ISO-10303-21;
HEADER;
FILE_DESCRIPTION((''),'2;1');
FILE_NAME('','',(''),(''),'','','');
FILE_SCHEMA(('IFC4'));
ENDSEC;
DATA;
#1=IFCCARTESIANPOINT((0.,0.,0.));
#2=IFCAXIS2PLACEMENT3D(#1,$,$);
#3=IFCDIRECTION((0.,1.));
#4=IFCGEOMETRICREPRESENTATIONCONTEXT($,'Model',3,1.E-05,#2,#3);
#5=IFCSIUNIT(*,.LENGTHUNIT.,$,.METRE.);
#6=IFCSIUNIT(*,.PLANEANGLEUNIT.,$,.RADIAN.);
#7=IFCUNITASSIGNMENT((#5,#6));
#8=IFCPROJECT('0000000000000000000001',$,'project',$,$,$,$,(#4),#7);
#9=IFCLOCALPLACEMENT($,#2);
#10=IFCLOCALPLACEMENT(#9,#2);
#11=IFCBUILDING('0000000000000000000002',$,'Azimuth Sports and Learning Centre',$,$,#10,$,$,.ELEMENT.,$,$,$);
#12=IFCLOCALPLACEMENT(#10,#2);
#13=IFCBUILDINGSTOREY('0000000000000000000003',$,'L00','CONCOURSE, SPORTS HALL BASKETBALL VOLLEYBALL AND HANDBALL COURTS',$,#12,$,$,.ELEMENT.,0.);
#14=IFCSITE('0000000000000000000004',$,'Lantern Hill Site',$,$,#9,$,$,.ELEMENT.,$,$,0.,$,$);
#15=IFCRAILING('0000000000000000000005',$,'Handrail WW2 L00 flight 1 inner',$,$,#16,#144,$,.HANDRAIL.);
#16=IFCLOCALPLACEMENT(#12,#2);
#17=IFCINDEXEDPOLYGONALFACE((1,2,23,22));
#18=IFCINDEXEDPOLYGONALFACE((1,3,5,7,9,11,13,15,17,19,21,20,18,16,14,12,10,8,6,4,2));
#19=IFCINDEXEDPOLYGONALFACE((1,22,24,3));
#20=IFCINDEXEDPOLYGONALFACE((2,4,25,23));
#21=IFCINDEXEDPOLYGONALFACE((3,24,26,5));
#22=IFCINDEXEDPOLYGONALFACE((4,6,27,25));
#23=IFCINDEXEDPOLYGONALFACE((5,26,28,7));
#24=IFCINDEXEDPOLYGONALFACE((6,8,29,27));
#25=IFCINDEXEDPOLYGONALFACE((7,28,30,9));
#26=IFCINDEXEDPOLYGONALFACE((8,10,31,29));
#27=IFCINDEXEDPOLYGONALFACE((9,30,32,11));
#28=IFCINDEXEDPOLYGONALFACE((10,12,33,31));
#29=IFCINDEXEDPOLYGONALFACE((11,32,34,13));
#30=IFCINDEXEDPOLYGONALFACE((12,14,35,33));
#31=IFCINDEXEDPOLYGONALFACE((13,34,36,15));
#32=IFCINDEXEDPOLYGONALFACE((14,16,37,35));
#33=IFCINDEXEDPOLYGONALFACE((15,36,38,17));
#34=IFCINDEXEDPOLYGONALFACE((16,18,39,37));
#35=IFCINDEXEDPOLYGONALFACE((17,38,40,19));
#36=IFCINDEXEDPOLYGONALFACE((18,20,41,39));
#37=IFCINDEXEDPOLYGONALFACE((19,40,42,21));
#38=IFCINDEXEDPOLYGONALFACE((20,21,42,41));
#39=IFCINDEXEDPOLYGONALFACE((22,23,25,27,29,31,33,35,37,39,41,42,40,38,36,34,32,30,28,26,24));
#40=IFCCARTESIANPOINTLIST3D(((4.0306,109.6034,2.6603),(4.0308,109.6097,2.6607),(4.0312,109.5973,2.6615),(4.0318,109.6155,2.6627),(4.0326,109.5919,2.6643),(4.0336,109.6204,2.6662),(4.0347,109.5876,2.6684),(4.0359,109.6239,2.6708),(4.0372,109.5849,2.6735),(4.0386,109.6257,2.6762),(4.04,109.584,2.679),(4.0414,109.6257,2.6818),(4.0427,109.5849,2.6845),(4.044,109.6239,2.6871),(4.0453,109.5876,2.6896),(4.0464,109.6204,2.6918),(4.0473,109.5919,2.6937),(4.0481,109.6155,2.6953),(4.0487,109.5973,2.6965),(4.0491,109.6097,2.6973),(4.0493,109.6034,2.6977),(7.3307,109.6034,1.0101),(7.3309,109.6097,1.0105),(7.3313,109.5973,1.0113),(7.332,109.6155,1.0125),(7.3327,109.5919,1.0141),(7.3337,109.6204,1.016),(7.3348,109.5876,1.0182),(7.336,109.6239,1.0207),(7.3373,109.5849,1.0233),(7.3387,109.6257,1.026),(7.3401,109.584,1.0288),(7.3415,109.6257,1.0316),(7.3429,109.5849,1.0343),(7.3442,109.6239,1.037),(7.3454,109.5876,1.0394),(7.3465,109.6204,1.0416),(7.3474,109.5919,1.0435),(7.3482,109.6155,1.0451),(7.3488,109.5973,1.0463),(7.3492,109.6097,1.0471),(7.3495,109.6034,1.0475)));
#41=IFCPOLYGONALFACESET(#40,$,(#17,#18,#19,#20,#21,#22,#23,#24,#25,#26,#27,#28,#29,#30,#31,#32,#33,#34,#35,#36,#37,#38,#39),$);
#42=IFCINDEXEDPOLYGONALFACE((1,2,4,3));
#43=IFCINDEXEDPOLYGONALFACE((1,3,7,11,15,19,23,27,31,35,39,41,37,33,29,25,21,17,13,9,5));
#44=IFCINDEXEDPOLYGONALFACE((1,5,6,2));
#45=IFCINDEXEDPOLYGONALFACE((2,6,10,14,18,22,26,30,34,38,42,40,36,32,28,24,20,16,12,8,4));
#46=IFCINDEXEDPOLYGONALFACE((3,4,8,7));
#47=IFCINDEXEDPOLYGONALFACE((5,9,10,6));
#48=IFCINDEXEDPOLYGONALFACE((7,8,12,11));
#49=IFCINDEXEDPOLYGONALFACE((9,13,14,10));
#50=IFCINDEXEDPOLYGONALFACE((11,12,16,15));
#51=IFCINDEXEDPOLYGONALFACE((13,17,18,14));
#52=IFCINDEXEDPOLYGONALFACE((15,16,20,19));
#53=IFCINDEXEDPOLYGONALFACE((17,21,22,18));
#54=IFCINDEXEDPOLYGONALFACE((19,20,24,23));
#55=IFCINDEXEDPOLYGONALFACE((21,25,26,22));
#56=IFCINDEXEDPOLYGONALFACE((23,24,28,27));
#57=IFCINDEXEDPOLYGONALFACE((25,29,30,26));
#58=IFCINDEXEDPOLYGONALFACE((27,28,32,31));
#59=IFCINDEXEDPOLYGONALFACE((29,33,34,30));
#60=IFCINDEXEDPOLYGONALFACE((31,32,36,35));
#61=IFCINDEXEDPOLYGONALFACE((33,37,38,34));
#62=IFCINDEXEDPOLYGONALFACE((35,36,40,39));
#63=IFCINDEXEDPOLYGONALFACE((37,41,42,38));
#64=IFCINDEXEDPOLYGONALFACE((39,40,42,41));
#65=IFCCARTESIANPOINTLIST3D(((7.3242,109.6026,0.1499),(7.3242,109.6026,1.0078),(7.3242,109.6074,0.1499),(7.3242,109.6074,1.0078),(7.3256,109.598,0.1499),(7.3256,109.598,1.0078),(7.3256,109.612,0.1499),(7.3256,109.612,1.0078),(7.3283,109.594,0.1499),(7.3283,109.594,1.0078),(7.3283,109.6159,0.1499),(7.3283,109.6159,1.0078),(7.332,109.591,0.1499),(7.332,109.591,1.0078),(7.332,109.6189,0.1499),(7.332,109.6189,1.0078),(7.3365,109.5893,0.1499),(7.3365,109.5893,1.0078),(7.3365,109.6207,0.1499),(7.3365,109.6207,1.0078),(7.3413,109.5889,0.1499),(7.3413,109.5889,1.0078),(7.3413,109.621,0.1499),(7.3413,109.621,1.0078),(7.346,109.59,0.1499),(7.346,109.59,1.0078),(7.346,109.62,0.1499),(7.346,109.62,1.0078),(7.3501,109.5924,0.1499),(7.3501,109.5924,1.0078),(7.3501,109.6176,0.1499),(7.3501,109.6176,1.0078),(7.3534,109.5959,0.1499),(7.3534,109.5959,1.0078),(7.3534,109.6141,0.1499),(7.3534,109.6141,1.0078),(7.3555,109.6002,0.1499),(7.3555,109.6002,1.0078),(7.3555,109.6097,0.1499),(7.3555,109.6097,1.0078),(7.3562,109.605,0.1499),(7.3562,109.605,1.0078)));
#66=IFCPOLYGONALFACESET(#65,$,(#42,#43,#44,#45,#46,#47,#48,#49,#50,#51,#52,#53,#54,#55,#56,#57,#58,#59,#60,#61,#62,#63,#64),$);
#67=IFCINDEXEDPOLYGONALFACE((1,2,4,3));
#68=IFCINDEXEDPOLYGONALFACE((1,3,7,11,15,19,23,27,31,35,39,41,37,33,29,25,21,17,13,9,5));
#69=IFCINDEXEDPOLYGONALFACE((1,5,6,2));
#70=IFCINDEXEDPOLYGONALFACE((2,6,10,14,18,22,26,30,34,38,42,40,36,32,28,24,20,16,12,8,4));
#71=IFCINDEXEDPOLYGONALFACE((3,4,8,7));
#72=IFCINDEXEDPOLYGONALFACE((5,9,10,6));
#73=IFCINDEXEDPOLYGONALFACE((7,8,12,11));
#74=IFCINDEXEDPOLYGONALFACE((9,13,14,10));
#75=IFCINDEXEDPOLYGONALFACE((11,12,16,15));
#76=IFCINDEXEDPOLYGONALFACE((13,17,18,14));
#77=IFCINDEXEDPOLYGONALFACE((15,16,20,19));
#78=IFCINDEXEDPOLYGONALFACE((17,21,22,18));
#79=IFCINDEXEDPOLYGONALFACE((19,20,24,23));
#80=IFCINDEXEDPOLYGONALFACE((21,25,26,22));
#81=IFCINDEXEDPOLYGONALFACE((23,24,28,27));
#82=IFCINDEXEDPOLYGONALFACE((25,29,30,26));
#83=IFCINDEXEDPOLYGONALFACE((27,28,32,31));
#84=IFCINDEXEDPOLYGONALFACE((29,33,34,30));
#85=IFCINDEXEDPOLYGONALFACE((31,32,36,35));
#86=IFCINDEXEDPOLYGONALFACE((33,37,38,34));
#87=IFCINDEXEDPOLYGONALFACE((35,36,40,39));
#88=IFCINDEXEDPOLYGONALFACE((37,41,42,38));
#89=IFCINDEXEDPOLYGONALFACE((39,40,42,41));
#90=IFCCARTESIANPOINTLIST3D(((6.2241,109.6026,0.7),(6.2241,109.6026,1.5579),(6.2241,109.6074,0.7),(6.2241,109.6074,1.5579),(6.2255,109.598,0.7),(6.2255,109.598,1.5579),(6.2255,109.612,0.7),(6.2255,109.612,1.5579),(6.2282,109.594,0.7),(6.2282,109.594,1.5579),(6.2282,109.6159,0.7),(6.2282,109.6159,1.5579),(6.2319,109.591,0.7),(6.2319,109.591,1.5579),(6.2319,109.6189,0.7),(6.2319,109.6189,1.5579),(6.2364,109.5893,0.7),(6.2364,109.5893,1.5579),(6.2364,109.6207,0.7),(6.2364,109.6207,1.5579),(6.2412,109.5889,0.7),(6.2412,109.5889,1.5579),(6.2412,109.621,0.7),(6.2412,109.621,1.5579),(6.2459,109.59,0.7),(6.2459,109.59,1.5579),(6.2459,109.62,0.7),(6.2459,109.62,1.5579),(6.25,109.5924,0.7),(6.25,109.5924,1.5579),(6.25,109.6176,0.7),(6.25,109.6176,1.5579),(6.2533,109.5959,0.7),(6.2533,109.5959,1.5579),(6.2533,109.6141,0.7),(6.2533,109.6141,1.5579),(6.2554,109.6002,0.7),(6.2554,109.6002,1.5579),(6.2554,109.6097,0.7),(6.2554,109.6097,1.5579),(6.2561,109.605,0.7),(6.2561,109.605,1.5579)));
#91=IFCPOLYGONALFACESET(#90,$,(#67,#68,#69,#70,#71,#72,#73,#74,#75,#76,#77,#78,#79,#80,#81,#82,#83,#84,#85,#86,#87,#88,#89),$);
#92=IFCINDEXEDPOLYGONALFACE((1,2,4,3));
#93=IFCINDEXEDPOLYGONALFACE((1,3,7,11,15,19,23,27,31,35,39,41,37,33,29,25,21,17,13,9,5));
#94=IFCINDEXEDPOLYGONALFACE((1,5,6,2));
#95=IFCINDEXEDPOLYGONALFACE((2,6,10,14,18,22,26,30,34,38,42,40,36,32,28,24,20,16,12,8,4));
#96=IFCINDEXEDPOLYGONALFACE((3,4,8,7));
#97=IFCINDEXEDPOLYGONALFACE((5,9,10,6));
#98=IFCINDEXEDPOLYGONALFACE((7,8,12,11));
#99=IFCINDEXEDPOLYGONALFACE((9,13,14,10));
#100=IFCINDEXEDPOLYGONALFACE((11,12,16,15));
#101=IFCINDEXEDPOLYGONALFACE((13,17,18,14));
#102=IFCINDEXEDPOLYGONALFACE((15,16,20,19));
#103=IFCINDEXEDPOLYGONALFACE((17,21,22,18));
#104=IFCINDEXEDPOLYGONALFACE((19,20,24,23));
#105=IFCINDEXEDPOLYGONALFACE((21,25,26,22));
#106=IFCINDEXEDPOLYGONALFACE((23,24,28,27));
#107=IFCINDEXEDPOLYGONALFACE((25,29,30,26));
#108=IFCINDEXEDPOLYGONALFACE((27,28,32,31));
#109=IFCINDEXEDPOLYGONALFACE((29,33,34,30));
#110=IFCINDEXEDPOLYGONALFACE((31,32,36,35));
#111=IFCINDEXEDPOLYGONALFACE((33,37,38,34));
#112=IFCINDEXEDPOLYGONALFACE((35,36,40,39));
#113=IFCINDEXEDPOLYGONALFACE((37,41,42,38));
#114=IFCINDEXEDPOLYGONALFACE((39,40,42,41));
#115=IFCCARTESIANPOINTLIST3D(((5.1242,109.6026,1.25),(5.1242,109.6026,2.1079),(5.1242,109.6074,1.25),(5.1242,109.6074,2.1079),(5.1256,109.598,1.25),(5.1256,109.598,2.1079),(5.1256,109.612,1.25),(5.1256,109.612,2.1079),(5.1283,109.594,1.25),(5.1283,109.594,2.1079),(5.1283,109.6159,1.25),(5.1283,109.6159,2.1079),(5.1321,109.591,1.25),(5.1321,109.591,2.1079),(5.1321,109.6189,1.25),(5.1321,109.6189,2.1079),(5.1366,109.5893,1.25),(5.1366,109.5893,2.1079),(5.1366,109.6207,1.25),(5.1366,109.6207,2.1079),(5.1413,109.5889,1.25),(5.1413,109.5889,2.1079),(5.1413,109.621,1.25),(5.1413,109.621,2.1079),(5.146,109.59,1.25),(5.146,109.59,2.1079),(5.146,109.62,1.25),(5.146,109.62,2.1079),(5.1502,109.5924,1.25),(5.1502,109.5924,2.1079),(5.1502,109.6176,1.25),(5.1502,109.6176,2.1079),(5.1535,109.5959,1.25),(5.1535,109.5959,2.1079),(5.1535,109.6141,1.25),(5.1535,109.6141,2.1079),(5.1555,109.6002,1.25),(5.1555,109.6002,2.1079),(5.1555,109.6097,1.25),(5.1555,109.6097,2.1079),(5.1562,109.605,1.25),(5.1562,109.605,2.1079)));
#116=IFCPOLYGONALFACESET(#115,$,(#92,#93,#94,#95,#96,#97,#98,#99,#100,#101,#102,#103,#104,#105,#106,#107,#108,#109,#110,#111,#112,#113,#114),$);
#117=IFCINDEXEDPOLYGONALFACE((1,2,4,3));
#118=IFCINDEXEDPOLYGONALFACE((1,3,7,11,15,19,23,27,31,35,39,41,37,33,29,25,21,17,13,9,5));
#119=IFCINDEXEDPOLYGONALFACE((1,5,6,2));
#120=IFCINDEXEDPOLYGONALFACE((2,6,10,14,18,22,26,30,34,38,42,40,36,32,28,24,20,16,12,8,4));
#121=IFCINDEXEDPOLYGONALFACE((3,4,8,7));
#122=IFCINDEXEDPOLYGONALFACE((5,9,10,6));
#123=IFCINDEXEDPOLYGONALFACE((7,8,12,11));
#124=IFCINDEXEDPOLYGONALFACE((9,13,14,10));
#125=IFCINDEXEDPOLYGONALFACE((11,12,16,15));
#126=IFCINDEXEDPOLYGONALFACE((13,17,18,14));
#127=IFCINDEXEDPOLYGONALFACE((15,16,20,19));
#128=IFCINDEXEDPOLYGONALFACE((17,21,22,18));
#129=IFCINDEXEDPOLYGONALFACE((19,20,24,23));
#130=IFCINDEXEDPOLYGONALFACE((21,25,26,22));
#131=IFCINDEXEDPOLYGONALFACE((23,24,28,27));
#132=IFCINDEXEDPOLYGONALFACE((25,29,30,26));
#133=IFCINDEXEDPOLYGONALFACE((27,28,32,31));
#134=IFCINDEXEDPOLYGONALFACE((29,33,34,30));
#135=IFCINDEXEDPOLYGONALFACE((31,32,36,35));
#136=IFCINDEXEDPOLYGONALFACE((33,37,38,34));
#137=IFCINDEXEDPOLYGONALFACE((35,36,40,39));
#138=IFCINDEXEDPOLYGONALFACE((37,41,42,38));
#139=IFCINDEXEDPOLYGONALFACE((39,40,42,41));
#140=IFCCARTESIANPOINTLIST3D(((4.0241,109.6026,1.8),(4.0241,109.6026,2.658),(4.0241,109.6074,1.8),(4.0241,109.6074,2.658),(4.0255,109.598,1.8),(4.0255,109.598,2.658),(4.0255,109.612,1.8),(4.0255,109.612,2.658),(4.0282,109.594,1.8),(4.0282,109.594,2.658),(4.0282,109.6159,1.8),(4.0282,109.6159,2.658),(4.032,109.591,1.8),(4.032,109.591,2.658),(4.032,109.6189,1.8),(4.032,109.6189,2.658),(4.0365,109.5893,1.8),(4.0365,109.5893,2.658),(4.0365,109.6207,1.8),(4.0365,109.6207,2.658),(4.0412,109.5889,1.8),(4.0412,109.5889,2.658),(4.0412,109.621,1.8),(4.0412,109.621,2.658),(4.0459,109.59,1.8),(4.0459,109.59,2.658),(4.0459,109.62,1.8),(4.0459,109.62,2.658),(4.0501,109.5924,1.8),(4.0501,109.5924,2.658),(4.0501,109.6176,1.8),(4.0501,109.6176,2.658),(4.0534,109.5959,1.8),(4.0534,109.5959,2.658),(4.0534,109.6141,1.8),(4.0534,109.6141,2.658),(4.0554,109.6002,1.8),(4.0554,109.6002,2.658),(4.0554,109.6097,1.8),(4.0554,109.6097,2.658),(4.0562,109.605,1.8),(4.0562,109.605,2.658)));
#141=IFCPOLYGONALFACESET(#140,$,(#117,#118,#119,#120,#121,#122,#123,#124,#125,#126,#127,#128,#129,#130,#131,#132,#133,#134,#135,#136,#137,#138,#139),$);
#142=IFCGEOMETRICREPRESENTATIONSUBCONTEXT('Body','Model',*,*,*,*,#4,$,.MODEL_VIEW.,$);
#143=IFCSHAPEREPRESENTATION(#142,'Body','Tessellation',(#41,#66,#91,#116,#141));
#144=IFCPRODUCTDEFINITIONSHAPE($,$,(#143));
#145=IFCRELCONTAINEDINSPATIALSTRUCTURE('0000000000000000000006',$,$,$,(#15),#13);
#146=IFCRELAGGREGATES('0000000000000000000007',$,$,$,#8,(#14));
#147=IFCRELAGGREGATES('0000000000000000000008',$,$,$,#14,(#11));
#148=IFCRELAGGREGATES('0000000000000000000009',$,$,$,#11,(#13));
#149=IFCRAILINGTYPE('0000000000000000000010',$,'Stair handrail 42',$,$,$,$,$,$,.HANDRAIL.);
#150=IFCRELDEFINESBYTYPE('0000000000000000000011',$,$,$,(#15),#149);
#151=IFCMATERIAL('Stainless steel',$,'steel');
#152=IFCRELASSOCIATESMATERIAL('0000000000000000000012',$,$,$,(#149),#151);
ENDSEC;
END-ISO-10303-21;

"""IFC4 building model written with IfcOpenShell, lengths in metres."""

from ifc_helpers import new_model, si_unit, direction, frame, origin, origin_2d, place, context, subcontext, project, spatial, circle, extrude, material, type_object, element, save


model = new_model("IFC4")

# Units and contexts
model_context = context("Model", 3, precision=1e-05, world=origin(), true_north=direction((0.0, 1.0)))
body_context = subcontext(model_context, "Body", "Model", "MODEL_VIEW")
ifc_project = project(units=[si_unit("LENGTHUNIT", "METRE"), si_unit("PLANEANGLEUNIT", "RADIAN")], contexts=[model_context])

# Site, building, storey
site_placement = place(None, origin())
site = spatial("IfcSite", under=ifc_project, at=site_placement, Name="Lantern Hill Site", CompositionType="ELEMENT", RefElevation=0.0)
building_placement = place(site_placement, origin())
building = spatial("IfcBuilding", under=site, at=building_placement, Name="Azimuth Sports and Learning Centre", CompositionType="ELEMENT")
storey_placement = place(building_placement, origin())
storey = spatial("IfcBuildingStorey", under=building, at=storey_placement, Name="L00", Description="CONCOURSE, SPORTS HALL BASKETBALL VOLLEYBALL AND HANDBALL COURTS", CompositionType="ELEMENT", Elevation=0.0)

# Railing
ifc_material_1 = material(Name="Stainless steel", Category="steel")
railing_type_1 = type_object("IfcRailingType", Name="Stair handrail 42", PredefinedType="HANDRAIL", material=ifc_material_1)
for number, where, name in (
    (1, (7.3401, 109.605, 0.1499), "Handrail WW2 L00 flight 1 inner"),
):
    element("IfcRailing", number, at=place(storey_placement, frame(where)), inside=storey, type_object=railing_type_1, Name=name, PredefinedType="HANDRAIL", context=body_context, shape_type="SweptSolid", body=[
        extrude(circle(Radius=0.021, at=origin_2d()), frame((0.0, 0.0, 0.8789), z_axis=(-0.894414, 0.0, 0.44724), x_axis=(0.0, -1.0, 0.0)), (0.0, 0.0, 1.0), 3.6897),
        extrude(circle(Radius=0.0161, at=origin_2d()), origin(), (0.0, 0.0, 1.0), 0.8579),
        extrude(circle(Radius=0.0161, at=origin_2d()), frame((-1.1001, 0.0, 0.55)), (0.0, 0.0, 1.0), 0.8579),
        extrude(circle(Radius=0.0161, at=origin_2d()), frame((-2.2, 0.0, 1.1001)), (0.0, 0.0, 1.0), 0.8579),
        extrude(circle(Radius=0.0161, at=origin_2d()), frame((-3.3, 0.0, 1.6501)), (0.0, 0.0, 1.0), 0.8579),
    ])

save(model, "model.ifc")
